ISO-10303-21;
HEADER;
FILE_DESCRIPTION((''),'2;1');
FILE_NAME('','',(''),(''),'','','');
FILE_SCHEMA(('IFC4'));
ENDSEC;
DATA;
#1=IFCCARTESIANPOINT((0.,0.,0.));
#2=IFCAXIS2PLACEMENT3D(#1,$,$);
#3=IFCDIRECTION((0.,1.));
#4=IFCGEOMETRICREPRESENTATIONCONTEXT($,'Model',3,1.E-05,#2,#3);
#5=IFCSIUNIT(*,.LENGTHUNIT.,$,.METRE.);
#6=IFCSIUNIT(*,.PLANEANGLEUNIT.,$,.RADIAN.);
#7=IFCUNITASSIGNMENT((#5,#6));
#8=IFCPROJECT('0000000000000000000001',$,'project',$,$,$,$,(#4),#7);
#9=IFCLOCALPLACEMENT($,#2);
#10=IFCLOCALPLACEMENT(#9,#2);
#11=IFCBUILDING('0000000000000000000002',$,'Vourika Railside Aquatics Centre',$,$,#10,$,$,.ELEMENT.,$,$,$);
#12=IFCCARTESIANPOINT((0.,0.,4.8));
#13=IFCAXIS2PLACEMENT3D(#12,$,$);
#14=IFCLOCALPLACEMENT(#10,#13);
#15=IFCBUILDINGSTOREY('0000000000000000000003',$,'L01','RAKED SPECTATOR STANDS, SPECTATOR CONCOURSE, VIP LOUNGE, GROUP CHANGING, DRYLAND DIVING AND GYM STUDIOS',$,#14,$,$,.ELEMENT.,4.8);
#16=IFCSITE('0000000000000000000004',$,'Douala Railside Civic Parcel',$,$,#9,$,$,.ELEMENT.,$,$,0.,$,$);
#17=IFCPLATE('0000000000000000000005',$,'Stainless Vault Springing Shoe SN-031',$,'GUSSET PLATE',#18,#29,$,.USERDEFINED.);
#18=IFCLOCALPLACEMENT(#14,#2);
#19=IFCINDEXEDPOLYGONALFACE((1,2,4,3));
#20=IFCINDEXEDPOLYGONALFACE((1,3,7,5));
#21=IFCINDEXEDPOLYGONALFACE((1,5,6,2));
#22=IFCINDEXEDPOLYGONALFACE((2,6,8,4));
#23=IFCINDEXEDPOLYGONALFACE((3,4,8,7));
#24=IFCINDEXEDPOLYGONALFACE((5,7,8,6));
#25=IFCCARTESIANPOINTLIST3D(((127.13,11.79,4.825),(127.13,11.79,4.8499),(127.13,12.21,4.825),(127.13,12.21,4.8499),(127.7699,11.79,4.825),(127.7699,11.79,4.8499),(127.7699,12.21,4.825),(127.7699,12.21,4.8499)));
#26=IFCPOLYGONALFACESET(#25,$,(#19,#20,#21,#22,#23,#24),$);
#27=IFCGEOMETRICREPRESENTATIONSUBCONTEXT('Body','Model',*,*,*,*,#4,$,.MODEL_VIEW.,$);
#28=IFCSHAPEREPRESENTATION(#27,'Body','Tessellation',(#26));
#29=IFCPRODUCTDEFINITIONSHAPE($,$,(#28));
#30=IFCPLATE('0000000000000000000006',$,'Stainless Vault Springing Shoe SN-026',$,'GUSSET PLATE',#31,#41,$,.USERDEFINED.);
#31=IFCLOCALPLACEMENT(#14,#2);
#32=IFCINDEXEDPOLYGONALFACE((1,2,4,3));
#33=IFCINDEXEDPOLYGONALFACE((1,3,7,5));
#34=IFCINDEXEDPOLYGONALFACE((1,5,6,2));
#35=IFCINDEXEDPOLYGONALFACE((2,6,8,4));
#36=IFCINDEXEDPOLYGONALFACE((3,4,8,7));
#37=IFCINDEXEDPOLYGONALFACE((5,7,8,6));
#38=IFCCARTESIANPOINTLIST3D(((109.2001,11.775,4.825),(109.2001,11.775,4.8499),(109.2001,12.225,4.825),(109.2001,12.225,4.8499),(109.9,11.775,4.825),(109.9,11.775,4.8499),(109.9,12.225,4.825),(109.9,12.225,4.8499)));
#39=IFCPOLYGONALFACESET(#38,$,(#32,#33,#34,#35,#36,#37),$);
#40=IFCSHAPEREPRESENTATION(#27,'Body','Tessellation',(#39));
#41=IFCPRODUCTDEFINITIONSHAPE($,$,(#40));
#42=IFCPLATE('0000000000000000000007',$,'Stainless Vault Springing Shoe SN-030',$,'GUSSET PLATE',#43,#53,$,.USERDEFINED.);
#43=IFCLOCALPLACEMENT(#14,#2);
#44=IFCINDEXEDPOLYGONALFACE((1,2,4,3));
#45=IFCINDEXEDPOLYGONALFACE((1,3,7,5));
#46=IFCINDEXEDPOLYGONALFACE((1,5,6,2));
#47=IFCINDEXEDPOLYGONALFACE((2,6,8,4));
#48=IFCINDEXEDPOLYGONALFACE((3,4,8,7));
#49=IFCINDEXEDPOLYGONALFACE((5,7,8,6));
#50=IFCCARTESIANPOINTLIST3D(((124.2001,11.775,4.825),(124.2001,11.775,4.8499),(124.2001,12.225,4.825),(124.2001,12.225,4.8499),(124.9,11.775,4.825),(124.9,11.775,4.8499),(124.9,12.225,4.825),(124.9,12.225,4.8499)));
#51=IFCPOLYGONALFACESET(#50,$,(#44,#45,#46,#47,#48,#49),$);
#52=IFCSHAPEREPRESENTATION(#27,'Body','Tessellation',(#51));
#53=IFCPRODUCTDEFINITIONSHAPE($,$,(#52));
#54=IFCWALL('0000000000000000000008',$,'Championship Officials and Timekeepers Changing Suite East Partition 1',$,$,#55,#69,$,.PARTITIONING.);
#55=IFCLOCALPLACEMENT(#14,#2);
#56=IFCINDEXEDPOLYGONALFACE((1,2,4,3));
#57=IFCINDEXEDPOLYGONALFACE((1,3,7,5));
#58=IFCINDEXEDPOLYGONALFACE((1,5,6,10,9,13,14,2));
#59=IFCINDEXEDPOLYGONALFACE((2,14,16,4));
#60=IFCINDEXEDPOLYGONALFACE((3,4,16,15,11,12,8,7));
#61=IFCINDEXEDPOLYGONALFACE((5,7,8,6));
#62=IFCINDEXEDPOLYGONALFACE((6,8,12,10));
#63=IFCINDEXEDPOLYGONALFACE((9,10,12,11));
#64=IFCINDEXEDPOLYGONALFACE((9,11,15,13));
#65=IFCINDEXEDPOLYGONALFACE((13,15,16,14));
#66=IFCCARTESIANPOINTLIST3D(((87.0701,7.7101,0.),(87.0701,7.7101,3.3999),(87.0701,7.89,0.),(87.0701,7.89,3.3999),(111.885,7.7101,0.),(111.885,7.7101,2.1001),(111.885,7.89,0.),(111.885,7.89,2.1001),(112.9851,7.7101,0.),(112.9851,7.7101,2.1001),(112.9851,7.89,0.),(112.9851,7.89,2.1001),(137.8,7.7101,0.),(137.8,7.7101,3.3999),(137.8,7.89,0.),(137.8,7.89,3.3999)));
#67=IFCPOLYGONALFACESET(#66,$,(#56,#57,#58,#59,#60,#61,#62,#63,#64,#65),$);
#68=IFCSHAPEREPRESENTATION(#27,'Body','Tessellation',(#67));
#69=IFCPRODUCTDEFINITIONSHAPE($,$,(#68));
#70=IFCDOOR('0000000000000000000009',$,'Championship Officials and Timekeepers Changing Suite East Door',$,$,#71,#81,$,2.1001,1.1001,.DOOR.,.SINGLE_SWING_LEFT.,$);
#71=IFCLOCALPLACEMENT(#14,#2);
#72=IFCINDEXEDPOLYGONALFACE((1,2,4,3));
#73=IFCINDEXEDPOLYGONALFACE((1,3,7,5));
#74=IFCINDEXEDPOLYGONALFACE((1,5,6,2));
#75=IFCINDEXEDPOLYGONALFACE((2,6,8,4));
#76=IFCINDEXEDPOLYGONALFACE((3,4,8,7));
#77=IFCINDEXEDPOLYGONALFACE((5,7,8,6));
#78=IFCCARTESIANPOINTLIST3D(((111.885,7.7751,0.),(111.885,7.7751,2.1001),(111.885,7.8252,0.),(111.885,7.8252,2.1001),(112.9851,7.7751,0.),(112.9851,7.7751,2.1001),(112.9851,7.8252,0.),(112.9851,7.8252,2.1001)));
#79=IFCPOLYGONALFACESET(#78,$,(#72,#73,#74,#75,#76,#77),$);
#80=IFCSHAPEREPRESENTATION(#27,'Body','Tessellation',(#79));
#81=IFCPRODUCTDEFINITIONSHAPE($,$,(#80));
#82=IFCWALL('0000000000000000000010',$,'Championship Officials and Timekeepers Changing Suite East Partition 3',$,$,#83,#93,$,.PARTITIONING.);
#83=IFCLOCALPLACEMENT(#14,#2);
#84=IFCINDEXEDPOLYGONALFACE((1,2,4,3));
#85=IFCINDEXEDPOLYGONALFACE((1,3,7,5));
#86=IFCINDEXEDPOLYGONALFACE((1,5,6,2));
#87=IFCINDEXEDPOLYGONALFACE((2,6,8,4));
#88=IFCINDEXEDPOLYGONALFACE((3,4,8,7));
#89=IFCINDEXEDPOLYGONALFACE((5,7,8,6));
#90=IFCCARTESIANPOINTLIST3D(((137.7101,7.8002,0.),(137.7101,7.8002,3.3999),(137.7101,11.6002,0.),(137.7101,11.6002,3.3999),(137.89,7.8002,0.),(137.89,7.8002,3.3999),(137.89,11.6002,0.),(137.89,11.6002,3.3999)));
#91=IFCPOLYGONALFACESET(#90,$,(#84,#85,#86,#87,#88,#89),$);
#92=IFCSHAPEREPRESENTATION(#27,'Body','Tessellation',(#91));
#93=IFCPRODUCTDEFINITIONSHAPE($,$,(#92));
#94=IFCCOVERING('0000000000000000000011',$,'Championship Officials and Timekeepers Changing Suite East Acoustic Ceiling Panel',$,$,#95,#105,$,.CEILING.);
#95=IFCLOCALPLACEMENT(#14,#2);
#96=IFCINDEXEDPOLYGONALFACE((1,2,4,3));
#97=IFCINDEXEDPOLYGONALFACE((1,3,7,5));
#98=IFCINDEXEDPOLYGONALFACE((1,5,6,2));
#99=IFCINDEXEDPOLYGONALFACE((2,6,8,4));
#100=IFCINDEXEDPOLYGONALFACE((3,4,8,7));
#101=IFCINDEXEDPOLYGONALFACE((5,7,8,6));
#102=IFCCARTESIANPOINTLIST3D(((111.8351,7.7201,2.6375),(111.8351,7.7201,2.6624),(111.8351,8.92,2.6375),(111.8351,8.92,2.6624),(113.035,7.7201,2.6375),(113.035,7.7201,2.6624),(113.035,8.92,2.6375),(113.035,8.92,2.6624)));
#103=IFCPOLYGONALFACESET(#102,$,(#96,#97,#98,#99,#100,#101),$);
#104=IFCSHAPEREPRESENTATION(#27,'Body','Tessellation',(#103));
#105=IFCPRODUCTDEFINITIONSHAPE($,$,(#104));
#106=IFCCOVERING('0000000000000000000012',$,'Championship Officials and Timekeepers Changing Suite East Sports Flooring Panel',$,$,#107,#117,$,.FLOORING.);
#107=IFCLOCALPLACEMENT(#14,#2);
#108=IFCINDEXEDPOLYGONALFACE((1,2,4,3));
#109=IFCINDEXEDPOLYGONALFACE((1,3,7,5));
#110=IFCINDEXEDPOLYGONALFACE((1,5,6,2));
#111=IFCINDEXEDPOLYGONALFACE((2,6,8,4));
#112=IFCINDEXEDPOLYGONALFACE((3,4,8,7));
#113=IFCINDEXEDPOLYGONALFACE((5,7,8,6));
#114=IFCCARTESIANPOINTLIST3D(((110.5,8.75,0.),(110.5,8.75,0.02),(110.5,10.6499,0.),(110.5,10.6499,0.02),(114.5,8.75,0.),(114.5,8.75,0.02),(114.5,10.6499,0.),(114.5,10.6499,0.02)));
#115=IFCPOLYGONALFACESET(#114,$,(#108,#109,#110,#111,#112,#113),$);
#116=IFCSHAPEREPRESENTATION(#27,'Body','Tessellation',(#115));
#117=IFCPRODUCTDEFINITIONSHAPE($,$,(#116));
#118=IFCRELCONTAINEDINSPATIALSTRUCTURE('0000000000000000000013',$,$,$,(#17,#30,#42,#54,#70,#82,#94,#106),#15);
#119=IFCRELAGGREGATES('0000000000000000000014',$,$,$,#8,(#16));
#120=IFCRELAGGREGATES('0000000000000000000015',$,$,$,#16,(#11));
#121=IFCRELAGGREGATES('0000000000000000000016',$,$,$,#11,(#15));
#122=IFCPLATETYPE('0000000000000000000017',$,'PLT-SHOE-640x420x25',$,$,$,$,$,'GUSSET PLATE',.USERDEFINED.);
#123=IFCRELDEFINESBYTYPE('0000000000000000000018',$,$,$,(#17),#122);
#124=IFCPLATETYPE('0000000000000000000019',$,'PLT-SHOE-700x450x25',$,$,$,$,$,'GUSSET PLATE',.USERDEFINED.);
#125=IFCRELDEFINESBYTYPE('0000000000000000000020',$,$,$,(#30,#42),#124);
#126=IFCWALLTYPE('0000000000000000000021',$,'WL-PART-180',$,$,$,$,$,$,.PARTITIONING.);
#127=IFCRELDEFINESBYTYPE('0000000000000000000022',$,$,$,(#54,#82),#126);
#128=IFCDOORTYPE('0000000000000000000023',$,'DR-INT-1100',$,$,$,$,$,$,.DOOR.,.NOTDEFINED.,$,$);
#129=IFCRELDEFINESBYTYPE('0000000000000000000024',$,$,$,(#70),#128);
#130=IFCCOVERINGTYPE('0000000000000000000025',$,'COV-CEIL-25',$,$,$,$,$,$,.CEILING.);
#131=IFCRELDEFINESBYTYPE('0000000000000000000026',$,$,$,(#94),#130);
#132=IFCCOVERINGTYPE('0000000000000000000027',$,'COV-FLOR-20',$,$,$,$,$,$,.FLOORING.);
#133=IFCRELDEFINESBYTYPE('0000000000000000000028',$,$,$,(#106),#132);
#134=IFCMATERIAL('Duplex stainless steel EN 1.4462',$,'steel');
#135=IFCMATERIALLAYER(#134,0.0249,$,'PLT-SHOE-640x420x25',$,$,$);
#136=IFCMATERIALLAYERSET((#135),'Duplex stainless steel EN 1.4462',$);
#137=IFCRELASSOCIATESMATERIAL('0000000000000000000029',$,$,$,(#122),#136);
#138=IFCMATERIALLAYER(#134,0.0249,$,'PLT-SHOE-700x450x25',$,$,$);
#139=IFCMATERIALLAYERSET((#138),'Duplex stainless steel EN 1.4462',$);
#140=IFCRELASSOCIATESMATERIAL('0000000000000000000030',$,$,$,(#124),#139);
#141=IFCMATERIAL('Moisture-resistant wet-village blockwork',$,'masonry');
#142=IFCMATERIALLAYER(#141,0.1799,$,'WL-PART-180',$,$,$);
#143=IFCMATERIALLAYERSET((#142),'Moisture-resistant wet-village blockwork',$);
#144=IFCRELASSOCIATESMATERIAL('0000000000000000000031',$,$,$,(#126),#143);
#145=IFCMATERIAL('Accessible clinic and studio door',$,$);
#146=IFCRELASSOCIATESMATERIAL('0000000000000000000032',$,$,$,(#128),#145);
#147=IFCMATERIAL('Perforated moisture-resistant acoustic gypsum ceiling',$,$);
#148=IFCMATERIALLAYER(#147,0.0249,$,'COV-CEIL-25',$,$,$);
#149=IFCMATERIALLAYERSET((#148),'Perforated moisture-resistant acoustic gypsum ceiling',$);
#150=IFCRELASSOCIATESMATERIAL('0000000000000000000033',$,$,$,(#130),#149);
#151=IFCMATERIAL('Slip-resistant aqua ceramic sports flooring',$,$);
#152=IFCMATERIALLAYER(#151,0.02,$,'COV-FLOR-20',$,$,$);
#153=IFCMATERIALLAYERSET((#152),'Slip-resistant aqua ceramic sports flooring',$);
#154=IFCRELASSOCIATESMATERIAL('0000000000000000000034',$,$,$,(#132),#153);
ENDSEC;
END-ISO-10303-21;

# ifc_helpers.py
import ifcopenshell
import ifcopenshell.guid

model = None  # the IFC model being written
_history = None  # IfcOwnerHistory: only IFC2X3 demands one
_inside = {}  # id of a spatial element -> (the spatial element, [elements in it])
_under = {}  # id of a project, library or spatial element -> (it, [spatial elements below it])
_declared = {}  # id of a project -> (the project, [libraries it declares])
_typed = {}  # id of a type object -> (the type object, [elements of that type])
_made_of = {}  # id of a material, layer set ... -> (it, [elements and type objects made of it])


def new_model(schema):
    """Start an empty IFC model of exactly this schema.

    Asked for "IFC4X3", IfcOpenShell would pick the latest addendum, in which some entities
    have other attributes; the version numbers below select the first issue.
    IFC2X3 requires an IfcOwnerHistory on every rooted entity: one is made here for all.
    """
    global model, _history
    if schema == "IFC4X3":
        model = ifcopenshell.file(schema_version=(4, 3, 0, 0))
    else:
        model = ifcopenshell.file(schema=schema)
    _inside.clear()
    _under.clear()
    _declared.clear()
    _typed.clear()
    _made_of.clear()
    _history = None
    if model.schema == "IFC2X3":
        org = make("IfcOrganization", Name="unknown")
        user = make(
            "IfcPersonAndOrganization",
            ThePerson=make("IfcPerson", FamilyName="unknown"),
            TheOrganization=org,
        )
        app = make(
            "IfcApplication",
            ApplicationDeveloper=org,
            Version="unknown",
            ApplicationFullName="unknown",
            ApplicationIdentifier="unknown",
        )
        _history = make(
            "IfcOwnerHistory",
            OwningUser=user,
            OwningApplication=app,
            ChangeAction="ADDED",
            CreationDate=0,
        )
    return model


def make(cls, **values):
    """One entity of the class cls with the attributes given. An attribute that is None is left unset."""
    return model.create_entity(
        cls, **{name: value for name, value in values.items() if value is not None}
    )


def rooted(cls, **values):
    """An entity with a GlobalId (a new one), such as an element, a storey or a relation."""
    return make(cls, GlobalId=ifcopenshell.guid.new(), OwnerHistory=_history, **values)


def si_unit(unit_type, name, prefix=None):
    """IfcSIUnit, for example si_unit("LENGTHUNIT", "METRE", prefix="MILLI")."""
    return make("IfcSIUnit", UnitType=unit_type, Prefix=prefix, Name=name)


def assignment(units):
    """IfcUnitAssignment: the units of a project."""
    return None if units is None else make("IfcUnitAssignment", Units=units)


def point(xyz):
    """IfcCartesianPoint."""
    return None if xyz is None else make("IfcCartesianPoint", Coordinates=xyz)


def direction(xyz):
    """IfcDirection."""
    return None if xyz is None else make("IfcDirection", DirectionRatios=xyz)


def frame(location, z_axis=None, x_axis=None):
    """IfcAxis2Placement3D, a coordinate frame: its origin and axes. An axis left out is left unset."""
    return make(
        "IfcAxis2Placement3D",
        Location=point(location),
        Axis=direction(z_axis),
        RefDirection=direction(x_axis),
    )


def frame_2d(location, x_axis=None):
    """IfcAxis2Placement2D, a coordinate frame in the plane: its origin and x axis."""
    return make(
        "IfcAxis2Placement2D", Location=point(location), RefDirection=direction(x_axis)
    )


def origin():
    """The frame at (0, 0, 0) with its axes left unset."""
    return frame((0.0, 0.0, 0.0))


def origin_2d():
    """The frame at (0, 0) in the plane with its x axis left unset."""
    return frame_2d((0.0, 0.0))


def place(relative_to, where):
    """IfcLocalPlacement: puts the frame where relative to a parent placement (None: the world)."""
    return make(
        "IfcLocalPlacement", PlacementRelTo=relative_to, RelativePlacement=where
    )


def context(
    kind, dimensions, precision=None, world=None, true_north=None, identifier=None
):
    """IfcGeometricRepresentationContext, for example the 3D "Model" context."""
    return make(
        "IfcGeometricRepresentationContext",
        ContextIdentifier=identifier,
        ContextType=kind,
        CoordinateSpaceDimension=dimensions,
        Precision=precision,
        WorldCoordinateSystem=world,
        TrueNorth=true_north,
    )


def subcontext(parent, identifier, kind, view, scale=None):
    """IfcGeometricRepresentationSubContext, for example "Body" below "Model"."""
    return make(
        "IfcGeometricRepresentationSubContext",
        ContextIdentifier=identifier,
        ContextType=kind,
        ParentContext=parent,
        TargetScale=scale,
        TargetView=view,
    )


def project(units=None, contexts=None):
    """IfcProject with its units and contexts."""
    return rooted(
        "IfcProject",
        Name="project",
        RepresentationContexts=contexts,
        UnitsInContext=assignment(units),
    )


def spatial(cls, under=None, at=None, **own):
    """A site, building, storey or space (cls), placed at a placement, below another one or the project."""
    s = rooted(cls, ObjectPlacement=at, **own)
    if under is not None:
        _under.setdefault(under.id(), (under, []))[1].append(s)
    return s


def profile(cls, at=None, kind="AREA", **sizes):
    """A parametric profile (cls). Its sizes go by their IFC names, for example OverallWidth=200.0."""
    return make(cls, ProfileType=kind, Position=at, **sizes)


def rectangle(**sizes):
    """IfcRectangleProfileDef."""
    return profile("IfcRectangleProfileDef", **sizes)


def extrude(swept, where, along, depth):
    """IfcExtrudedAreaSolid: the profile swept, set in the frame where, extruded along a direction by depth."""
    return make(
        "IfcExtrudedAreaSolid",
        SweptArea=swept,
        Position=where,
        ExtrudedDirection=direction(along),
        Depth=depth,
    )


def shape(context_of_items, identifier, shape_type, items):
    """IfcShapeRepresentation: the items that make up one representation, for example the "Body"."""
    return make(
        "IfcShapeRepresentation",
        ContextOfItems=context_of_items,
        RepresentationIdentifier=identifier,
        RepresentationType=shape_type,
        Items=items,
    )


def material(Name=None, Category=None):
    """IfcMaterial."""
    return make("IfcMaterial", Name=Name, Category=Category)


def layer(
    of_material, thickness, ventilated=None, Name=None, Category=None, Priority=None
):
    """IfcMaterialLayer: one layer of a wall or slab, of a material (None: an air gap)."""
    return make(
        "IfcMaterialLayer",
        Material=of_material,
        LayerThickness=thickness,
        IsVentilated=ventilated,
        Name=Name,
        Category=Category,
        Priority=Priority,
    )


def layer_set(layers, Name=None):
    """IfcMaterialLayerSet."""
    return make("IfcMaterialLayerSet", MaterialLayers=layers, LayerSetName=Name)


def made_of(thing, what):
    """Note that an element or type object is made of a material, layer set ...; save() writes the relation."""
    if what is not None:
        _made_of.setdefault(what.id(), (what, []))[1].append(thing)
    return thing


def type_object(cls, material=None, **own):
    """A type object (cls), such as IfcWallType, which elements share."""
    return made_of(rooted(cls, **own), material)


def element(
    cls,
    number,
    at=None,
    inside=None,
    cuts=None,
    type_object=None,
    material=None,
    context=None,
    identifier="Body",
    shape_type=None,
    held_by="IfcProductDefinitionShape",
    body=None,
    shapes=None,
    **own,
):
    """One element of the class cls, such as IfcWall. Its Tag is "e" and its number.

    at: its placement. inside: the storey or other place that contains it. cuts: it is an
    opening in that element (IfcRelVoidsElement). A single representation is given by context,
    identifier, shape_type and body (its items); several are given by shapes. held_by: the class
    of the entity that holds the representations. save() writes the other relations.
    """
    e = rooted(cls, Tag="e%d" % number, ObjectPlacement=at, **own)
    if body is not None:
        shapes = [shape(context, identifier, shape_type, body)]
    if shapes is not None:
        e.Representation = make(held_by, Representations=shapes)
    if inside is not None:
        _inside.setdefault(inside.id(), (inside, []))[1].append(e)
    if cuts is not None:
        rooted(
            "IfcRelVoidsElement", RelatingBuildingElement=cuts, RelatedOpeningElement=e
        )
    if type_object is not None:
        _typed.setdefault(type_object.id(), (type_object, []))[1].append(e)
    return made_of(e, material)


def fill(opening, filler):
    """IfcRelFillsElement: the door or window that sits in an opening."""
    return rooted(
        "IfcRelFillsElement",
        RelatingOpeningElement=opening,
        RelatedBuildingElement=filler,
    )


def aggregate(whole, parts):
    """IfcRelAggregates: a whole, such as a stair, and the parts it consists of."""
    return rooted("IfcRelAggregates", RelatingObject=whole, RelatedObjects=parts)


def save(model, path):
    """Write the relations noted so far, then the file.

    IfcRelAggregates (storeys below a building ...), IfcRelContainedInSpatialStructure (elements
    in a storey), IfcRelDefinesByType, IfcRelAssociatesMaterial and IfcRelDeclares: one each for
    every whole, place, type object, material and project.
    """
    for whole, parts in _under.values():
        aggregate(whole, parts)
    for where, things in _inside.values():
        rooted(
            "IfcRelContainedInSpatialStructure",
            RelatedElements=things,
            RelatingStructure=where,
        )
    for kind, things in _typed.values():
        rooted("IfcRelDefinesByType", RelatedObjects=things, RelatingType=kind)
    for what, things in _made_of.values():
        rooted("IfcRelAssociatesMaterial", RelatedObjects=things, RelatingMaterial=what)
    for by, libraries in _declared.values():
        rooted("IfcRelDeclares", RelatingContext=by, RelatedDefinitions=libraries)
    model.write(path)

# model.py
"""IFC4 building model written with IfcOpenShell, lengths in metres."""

from ifc_helpers import new_model, si_unit, direction, frame, frame_2d, origin, origin_2d, place, context, subcontext, project, spatial, rectangle, extrude, material, layer, layer_set, type_object, element, fill, save


model = new_model("IFC4")

# Units and contexts
model_context = context("Model", 3, precision=1e-05, world=origin(), true_north=direction((0.0, 1.0)))
body_context = subcontext(model_context, "Body", "Model", "MODEL_VIEW")
ifc_project = project(units=[si_unit("LENGTHUNIT", "METRE"), si_unit("PLANEANGLEUNIT", "RADIAN")], contexts=[model_context])

# Site, building, storey
site_placement = place(None, origin())
site = spatial("IfcSite", under=ifc_project, at=site_placement, Name="Douala Railside Civic Parcel", CompositionType="ELEMENT", RefElevation=0.0)
building_placement = place(site_placement, origin())
building = spatial("IfcBuilding", under=site, at=building_placement, Name="Vourika Railside Aquatics Centre", CompositionType="ELEMENT")
storey_placement = place(building_placement, frame((0.0, 0.0, 4.8)))
storey = spatial("IfcBuildingStorey", under=building, at=storey_placement, Name="L01", Description="RAKED SPECTATOR STANDS, SPECTATOR CONCOURSE, VIP LOUNGE, GROUP CHANGING, DRYLAND DIVING AND GYM STUDIOS", CompositionType="ELEMENT", Elevation=4.8)

# Plates
ifc_material_1 = material(Name="Duplex stainless steel EN 1.4462", Category="steel")
ifc_layer_1 = layer(ifc_material_1, 0.0249, Name="PLT-SHOE-640x420x25")
ifc_layer_set_1 = layer_set([ifc_layer_1], Name="Duplex stainless steel EN 1.4462")
plate_type_1 = type_object("IfcPlateType", Name="PLT-SHOE-640x420x25", ElementType="GUSSET PLATE", PredefinedType="USERDEFINED", material=ifc_layer_set_1)
for number, where, z_axis, x_axis, name in (
    (1, (127.45, 12.0, 4.825), (0.0, 0.0, 1.0), (1.0, 0.0, 0.0), "Stainless Vault Springing Shoe SN-031"),
):
    element("IfcPlate", number, at=place(storey_placement, frame(where, z_axis=z_axis, x_axis=x_axis)), inside=storey, type_object=plate_type_1, Name=name, ObjectType="GUSSET PLATE", PredefinedType="USERDEFINED", context=body_context, shape_type="SweptSolid", body=[
        extrude(rectangle(XDim=0.6399, YDim=0.4199, at=origin_2d()), origin(), (0.0, 0.0, 1.0), 0.0249),
    ])
ifc_layer_2 = layer(ifc_material_1, 0.0249, Name="PLT-SHOE-700x450x25")
ifc_layer_set_2 = layer_set([ifc_layer_2], Name="Duplex stainless steel EN 1.4462")
plate_type_2 = type_object("IfcPlateType", Name="PLT-SHOE-700x450x25", ElementType="GUSSET PLATE", PredefinedType="USERDEFINED", material=ifc_layer_set_2)
for number, where, z_axis, x_axis, name in (
    (2, (109.55, 12.0, 4.825), (0.0, 0.0, 1.0), (1.0, 0.0, 0.0), "Stainless Vault Springing Shoe SN-026"),
    (3, (124.55, 12.0, 4.825), (0.0, 0.0, 1.0), (1.0, 0.0, 0.0), "Stainless Vault Springing Shoe SN-030"),
):
    element("IfcPlate", number, at=place(storey_placement, frame(where, z_axis=z_axis, x_axis=x_axis)), inside=storey, type_object=plate_type_2, Name=name, ObjectType="GUSSET PLATE", PredefinedType="USERDEFINED", context=body_context, shape_type="SweptSolid", body=[
        extrude(rectangle(XDim=0.7, YDim=0.45, at=origin_2d()), origin(), (0.0, 0.0, 1.0), 0.0249),
    ])

# Wall, opening, door
ifc_material_2 = material(Name="Moisture-resistant wet-village blockwork", Category="masonry")
ifc_layer_3 = layer(ifc_material_2, 0.1799, Name="WL-PART-180")
ifc_layer_set_3 = layer_set([ifc_layer_3], Name="Moisture-resistant wet-village blockwork")
wall_type = type_object("IfcWallType", Name="WL-PART-180", PredefinedType="PARTITIONING", material=ifc_layer_set_3)
wall_1_placement = place(storey_placement, frame((137.8, 7.8, 0.0), z_axis=(0.0, 0.0, 1.0), x_axis=(-1.0, 0.0, 0.0)))
wall_1 = element("IfcWall", 4, at=wall_1_placement, inside=storey, type_object=wall_type, Name="Championship Officials and Timekeepers Changing Suite East Partition 1", PredefinedType="PARTITIONING", context=body_context, shape_type="SweptSolid", body=[
    extrude(rectangle(XDim=50.73, YDim=0.1799, at=frame_2d((25.365, 0.0))), origin(), (0.0, 0.0, 1.0), 3.3999),
])
opening_placement = place(wall_1_placement, frame((24.8149, 0.0, 0.0)))
opening = element("IfcOpeningElement", 5, at=opening_placement, cuts=wall_1, PredefinedType="OPENING", context=body_context, shape_type="SweptSolid", body=[
    extrude(rectangle(XDim=1.1001, YDim=2.1001, at=frame_2d((0.55, 1.05))), frame((0.0, 0.1001, 0.0), z_axis=(0.0, -1.0, 0.0), x_axis=(1.0, 0.0, 0.0)), (0.0, 0.0, 1.0), 0.2),
])
ifc_material_3 = material(Name="Accessible clinic and studio door")
door_type = type_object("IfcDoorType", Name="DR-INT-1100", OperationType="NOTDEFINED", PredefinedType="DOOR", material=ifc_material_3)
door_placement = place(opening_placement, origin())
door = element("IfcDoor", 6, at=door_placement, inside=storey, type_object=door_type, Name="Championship Officials and Timekeepers Changing Suite East Door", OperationType="SINGLE_SWING_LEFT", OverallHeight=2.1001, OverallWidth=1.1001, PredefinedType="DOOR", context=body_context, shape_type="SweptSolid", body=[
    extrude(rectangle(XDim=1.1001, YDim=2.1001, at=frame_2d((0.55, 1.05))), frame((0.0, 0.0249, 0.0), z_axis=(0.0, -1.0, 0.0), x_axis=(1.0, 0.0, 0.0)), (0.0, 0.0, 1.0), 0.05),
])
fill(opening, door)

# Wall
wall_2_placement = place(storey_placement, frame((137.8, 11.6001, 0.0), z_axis=(0.0, 0.0, 1.0), x_axis=(0.0, -1.0, 0.0)))
element("IfcWall", 7, at=wall_2_placement, inside=storey, type_object=wall_type, Name="Championship Officials and Timekeepers Changing Suite East Partition 3", PredefinedType="PARTITIONING", context=body_context, shape_type="SweptSolid", body=[
    extrude(rectangle(XDim=3.8, YDim=0.1799, at=frame_2d((1.8999, 0.0))), origin(), (0.0, 0.0, 1.0), 3.3999),
])

# Coverings
ifc_material_4 = material(Name="Perforated moisture-resistant acoustic gypsum ceiling")
ifc_layer_4 = layer(ifc_material_4, 0.0249, Name="COV-CEIL-25")
ifc_layer_set_4 = layer_set([ifc_layer_4], Name="Perforated moisture-resistant acoustic gypsum ceiling")
covering_type_1 = type_object("IfcCoveringType", Name="COV-CEIL-25", PredefinedType="CEILING", material=ifc_layer_set_4)
covering_1_placement = place(storey_placement, frame((112.4351, 8.3201, 2.6375), z_axis=(0.0, 0.0, 1.0), x_axis=(1.0, 0.0, 0.0)))
element("IfcCovering", 8, at=covering_1_placement, inside=storey, type_object=covering_type_1, Name="Championship Officials and Timekeepers Changing Suite East Acoustic Ceiling Panel", PredefinedType="CEILING", context=body_context, shape_type="SweptSolid", body=[
    extrude(rectangle(XDim=1.2, YDim=1.2, at=origin_2d()), origin(), (0.0, 0.0, 1.0), 0.0249),
])
ifc_material_5 = material(Name="Slip-resistant aqua ceramic sports flooring")
ifc_layer_5 = layer(ifc_material_5, 0.02, Name="COV-FLOR-20")
ifc_layer_set_5 = layer_set([ifc_layer_5], Name="Slip-resistant aqua ceramic sports flooring")
covering_type_2 = type_object("IfcCoveringType", Name="COV-FLOR-20", PredefinedType="FLOORING", material=ifc_layer_set_5)
covering_2_placement = place(storey_placement, frame((112.5, 9.7, 0.0), z_axis=(0.0, 0.0, 1.0), x_axis=(1.0, 0.0, 0.0)))
element("IfcCovering", 9, at=covering_2_placement, inside=storey, type_object=covering_type_2, Name="Championship Officials and Timekeepers Changing Suite East Sports Flooring Panel", PredefinedType="FLOORING", context=body_context, shape_type="SweptSolid", body=[
    extrude(rectangle(XDim=4.0, YDim=1.8999, at=origin_2d()), origin(), (0.0, 0.0, 1.0), 0.02),
])

save(model, "model.ifc")
